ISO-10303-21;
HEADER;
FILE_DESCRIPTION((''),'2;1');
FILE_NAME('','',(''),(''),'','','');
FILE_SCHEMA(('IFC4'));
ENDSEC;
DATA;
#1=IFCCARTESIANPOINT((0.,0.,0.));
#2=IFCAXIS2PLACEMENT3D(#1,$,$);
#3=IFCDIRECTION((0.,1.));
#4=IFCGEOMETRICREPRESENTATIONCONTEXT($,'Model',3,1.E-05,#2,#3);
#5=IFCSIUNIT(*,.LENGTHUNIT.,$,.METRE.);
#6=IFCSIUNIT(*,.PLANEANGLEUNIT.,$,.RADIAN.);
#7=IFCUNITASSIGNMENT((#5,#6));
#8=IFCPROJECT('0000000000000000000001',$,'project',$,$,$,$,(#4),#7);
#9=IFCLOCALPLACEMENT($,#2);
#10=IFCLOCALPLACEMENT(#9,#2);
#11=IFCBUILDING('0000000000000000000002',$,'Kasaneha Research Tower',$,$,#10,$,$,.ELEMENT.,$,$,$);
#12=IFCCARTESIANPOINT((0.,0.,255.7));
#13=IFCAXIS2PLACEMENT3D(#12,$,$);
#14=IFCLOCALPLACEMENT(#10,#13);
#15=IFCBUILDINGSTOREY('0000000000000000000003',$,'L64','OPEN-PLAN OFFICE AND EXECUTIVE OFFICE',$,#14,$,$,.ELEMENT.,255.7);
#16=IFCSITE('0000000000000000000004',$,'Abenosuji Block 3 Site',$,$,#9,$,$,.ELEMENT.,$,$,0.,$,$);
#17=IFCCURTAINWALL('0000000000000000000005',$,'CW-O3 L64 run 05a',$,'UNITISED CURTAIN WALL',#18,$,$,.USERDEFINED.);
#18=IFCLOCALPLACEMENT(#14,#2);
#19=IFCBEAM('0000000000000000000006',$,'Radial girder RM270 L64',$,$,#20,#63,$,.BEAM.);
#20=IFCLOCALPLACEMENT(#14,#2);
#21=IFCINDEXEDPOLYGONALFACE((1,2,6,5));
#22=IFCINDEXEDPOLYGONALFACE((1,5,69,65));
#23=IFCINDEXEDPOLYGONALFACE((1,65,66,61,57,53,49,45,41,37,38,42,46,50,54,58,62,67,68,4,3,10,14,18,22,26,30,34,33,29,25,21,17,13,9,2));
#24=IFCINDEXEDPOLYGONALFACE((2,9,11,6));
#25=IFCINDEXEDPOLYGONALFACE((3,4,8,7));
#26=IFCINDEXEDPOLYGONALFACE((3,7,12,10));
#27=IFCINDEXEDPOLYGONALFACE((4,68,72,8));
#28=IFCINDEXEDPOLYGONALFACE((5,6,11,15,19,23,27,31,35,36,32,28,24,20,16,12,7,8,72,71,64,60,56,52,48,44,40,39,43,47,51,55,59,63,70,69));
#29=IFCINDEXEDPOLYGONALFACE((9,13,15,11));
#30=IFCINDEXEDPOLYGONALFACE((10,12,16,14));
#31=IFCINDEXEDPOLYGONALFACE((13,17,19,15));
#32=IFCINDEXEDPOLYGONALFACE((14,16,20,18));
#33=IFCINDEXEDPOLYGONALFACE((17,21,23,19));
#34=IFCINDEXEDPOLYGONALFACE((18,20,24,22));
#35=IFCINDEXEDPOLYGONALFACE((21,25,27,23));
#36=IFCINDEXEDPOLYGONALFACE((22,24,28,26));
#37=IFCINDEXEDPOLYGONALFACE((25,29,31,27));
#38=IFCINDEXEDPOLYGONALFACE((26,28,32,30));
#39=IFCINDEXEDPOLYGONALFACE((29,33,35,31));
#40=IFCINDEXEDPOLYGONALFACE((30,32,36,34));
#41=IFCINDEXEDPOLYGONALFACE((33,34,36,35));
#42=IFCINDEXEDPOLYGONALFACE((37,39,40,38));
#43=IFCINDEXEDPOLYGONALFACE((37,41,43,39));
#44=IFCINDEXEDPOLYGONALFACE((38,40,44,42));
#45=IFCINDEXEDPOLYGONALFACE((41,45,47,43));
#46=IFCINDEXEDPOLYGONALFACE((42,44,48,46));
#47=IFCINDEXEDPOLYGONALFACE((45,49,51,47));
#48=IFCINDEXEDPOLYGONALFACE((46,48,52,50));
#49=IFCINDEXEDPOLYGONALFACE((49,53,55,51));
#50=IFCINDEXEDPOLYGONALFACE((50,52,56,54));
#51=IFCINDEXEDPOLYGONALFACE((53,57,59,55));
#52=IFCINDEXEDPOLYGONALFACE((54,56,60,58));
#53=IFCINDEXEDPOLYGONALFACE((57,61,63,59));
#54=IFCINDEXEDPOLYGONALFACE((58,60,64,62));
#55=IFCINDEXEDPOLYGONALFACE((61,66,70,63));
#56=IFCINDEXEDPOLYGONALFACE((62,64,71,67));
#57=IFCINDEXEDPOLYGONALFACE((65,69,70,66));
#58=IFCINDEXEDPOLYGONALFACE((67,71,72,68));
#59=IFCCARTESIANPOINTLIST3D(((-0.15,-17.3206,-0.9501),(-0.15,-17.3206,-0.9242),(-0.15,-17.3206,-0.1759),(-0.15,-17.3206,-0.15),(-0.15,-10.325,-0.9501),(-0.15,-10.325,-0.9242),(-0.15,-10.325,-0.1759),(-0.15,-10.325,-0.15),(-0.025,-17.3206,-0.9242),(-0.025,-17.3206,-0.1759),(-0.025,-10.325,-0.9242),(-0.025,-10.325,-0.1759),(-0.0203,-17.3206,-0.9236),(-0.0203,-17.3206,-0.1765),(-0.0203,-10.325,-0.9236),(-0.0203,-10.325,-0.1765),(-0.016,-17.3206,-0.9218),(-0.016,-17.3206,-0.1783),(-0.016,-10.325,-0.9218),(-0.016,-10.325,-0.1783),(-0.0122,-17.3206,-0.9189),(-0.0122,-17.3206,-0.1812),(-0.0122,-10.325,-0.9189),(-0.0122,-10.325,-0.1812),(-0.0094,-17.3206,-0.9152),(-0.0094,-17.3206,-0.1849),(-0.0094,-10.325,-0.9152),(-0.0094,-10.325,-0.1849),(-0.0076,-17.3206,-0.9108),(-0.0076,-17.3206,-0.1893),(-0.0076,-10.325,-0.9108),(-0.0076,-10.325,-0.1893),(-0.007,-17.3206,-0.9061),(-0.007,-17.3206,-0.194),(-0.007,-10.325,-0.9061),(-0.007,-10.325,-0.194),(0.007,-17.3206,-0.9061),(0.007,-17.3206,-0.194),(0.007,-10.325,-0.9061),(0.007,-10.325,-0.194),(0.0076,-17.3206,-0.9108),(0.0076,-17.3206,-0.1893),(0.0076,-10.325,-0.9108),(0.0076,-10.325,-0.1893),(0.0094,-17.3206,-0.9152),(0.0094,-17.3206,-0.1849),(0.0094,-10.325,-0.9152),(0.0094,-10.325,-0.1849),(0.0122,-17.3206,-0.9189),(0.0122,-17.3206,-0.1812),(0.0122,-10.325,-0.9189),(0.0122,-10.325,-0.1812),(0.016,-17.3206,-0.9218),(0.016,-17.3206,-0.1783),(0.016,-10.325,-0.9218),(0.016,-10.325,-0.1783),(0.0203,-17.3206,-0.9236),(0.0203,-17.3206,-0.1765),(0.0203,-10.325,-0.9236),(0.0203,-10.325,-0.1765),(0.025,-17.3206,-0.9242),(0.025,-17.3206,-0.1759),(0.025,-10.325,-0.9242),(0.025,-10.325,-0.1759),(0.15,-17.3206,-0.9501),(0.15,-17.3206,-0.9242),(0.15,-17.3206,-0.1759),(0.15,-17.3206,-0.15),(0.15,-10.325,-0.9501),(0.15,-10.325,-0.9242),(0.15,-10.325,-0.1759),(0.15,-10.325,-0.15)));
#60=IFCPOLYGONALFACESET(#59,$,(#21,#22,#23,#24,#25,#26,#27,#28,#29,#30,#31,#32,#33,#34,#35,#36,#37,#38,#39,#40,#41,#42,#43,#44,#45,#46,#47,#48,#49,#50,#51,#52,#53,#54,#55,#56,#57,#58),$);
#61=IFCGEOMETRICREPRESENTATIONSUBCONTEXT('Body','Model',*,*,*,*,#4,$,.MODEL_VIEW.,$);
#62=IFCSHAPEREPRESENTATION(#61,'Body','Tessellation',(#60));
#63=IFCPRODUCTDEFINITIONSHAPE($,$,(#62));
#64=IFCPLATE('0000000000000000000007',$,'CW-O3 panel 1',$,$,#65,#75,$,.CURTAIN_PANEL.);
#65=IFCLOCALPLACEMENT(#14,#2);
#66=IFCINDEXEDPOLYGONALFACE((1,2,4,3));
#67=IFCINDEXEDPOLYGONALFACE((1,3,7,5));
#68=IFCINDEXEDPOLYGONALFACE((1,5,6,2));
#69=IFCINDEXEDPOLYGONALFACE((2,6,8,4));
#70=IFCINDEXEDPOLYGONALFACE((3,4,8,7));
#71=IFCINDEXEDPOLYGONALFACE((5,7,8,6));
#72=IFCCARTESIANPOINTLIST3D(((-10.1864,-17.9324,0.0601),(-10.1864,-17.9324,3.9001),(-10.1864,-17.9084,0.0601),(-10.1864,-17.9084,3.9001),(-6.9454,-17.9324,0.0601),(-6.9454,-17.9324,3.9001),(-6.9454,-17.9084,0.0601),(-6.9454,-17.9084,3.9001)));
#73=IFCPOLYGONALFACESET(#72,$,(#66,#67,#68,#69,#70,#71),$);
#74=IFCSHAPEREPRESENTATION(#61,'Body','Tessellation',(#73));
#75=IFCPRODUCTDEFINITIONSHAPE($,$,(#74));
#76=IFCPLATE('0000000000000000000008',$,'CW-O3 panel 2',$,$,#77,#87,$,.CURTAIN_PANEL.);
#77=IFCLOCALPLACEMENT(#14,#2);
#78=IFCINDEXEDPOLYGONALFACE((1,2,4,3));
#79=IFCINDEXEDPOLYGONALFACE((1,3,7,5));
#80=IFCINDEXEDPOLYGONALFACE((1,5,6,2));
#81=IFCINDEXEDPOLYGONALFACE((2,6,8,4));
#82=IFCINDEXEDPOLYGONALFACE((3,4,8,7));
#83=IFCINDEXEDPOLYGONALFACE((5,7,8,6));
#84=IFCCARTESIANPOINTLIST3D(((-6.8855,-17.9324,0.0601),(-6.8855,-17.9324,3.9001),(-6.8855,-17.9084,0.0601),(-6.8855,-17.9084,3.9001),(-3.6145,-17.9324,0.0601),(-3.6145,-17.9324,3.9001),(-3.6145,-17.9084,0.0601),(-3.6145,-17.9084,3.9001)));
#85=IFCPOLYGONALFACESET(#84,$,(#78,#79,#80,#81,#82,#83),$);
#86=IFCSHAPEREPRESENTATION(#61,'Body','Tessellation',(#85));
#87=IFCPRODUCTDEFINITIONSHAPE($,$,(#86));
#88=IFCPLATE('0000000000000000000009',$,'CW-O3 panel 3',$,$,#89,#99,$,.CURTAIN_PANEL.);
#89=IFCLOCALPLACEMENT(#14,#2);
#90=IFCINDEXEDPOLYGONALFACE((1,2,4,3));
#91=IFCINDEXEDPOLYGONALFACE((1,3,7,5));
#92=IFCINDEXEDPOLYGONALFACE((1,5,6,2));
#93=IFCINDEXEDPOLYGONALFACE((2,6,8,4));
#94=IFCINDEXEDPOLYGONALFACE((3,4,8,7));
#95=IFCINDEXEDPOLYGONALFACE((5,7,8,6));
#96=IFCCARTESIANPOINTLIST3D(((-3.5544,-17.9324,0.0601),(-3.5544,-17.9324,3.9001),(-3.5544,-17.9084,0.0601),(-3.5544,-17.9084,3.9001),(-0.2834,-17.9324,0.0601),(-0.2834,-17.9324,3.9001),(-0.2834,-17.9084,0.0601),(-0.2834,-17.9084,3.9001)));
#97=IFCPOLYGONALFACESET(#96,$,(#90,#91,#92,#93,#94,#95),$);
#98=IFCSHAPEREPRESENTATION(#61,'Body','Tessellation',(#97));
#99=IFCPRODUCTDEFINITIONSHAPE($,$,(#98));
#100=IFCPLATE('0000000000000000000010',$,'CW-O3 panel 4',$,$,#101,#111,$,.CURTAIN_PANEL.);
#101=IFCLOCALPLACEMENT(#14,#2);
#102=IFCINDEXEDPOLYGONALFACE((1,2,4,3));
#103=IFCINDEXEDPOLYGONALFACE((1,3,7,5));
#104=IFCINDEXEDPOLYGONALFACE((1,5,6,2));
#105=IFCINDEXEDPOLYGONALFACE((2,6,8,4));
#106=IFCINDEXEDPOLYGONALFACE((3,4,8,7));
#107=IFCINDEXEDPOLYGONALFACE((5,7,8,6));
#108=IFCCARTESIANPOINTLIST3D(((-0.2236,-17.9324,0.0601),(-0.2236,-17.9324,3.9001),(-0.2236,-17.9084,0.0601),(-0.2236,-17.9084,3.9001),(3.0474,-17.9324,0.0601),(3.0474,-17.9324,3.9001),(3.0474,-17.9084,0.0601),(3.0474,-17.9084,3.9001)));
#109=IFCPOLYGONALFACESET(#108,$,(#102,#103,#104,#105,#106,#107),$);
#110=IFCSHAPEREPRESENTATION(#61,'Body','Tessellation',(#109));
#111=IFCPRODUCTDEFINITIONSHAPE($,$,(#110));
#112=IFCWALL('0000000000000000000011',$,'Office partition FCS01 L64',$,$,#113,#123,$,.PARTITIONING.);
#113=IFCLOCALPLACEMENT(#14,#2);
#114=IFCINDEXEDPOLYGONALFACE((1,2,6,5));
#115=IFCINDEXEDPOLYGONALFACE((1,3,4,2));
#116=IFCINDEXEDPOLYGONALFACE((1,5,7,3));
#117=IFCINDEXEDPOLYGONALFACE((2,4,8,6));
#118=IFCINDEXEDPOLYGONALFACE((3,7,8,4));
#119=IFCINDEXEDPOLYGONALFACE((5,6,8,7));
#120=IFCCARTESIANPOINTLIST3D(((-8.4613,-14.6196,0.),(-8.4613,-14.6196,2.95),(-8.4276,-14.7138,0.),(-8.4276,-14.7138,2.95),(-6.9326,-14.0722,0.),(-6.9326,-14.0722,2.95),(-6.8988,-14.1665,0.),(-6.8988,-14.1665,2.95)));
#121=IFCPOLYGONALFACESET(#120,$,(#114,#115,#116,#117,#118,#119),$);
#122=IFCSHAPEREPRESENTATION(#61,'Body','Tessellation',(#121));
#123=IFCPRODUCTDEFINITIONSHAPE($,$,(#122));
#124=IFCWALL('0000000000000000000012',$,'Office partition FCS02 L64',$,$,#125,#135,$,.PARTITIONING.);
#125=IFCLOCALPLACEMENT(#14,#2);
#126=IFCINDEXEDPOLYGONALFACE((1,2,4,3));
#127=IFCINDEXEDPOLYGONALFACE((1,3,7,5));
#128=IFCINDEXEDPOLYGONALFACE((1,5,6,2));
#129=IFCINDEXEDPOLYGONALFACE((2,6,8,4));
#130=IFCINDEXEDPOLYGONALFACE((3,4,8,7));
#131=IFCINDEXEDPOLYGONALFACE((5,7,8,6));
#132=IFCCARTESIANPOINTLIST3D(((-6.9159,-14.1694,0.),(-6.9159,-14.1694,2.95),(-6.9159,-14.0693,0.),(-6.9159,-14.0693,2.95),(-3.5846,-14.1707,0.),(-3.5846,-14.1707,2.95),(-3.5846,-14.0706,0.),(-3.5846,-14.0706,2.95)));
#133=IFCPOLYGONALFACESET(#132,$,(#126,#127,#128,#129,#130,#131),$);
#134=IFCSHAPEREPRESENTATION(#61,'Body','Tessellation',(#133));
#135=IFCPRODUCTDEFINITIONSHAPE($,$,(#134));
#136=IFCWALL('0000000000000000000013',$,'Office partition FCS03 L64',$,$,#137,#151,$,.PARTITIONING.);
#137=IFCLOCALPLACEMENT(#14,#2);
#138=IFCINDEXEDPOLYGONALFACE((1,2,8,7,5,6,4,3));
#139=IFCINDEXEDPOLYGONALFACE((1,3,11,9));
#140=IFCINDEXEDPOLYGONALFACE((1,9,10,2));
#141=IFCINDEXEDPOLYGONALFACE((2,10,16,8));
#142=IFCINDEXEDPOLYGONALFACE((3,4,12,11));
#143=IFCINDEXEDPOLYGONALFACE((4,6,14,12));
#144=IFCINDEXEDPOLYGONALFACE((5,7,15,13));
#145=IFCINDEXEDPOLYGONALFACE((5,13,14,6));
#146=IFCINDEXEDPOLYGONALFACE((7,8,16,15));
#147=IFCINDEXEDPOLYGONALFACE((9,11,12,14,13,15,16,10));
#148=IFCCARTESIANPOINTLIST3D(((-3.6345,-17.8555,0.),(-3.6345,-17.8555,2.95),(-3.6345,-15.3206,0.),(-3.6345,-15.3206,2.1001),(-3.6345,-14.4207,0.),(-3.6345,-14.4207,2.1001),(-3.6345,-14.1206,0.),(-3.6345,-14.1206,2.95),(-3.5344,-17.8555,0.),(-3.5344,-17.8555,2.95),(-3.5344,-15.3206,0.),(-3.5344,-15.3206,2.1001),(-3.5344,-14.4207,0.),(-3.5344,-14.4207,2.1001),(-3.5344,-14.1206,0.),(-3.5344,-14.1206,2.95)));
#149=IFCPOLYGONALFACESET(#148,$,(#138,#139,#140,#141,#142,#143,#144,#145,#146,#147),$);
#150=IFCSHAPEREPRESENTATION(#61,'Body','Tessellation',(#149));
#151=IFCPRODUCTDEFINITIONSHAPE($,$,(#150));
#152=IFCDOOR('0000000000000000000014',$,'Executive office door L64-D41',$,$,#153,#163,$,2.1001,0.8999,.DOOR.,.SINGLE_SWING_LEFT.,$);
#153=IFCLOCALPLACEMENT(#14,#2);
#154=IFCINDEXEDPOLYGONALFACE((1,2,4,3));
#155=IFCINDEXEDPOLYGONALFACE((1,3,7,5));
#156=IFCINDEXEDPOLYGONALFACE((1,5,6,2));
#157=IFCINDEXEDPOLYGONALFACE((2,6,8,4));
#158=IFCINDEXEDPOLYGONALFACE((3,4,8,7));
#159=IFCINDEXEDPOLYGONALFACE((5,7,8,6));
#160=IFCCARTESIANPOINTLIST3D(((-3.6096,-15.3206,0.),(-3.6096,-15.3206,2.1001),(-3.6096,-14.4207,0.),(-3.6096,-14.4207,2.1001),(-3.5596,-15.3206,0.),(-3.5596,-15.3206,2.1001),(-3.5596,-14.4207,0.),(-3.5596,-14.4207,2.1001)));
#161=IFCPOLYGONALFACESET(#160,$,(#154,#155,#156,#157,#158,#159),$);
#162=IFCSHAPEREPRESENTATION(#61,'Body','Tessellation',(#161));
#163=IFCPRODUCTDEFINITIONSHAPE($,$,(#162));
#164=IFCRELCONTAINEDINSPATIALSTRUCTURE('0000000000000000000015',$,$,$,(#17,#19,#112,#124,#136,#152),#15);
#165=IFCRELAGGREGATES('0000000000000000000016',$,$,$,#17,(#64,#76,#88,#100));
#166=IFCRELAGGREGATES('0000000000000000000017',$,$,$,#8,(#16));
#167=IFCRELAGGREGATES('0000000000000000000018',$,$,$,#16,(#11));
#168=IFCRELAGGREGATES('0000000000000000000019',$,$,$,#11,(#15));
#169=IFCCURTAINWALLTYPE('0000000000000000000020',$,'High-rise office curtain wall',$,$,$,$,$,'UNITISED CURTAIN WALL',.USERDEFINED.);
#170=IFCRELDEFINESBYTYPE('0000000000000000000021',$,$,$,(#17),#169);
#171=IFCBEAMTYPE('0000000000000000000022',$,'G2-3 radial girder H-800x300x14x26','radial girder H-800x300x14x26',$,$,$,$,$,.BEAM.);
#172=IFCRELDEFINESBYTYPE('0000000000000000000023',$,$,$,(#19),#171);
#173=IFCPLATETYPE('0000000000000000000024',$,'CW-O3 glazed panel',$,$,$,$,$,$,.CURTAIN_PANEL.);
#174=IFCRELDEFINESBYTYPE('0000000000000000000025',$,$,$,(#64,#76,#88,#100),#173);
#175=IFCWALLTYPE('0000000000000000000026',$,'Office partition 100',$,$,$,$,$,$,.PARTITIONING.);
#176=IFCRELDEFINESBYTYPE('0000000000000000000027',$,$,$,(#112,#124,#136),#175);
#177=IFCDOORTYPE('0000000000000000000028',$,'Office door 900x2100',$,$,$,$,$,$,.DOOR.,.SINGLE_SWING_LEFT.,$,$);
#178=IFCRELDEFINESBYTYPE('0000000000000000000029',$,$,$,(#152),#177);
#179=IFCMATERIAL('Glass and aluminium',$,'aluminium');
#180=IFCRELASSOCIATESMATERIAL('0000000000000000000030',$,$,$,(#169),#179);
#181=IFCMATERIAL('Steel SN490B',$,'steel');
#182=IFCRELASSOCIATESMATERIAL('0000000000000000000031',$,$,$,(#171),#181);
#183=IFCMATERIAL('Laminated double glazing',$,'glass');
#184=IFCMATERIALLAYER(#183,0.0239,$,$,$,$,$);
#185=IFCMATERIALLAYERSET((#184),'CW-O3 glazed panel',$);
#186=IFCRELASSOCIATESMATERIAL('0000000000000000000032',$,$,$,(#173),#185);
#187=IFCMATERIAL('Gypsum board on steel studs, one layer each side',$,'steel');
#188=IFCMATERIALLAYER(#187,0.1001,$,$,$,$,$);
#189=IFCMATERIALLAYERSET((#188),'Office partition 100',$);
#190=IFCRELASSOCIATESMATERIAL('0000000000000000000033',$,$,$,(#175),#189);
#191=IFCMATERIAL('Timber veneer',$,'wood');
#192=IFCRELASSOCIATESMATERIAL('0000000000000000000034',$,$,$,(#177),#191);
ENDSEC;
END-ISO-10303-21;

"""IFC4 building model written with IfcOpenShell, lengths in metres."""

from ifc_helpers import new_model, si_unit, direction, frame, frame_2d, origin, origin_2d, place, context, subcontext, project, spatial, rectangle, i_section, extrude, material, layer, layer_set, material_profile, profile_set, type_object, element, fill, aggregate, save


model = new_model("IFC4")

# Units and contexts
model_context = context("Model", 3, precision=1e-05, world=origin(), true_north=direction((0.0, 1.0)))
body_context = subcontext(model_context, "Body", "Model", "MODEL_VIEW")
ifc_project = project(units=[si_unit("LENGTHUNIT", "METRE"), si_unit("PLANEANGLEUNIT", "RADIAN")], contexts=[model_context])

# Site, building, storey
site_placement = place(None, origin())
site = spatial("IfcSite", under=ifc_project, at=site_placement, Name="Abenosuji Block 3 Site", CompositionType="ELEMENT", RefElevation=0.0)
building_placement = place(site_placement, origin())
building = spatial("IfcBuilding", under=site, at=building_placement, Name="Kasaneha Research Tower", CompositionType="ELEMENT")
storey_placement = place(building_placement, frame((0.0, 0.0, 255.7)))
storey = spatial("IfcBuildingStorey", under=building, at=storey_placement, Name="L64", Description="OPEN-PLAN OFFICE AND EXECUTIVE OFFICE", CompositionType="ELEMENT", Elevation=255.7)

# Curtain wall
ifc_material_1 = material(Name="Glass and aluminium", Category="aluminium")
curtain_wall_type = type_object("IfcCurtainWallType", Name="High-rise office curtain wall", ElementType="UNITISED CURTAIN WALL", PredefinedType="USERDEFINED", material=ifc_material_1)
curtain_wall_placement = place(storey_placement, origin())
curtain_wall = element("IfcCurtainWall", 1, at=curtain_wall_placement, inside=storey, type_object=curtain_wall_type, Name="CW-O3 L64 run 05a", ObjectType="UNITISED CURTAIN WALL", PredefinedType="USERDEFINED")

# Beam
ifc_material_2 = material(Name="Steel SN490B", Category="steel")
ifc_material_profile_1 = material_profile(ifc_material_2, i_section(OverallWidth=0.3, OverallDepth=0.8, WebThickness=0.0139, FlangeThickness=0.0259, FilletRadius=0.0181, at=origin_2d()), Name="H-800x300x14x26")
ifc_profile_set_1 = profile_set([ifc_material_profile_1], Name="Steel SN490B")
beam_type_1 = type_object("IfcBeamType", Name="G2-3 radial girder H-800x300x14x26", Description="radial girder H-800x300x14x26", PredefinedType="BEAM", material=ifc_profile_set_1)
beam_1_placement = place(storey_placement, frame((0.0, -10.325, -0.55), z_axis=(0.0, -1.0, 0.0), x_axis=(1.0, 0.0, 0.0)))
element("IfcBeam", 2, at=beam_1_placement, inside=storey, type_object=beam_type_1, Name="Radial girder RM270 L64", PredefinedType="BEAM", context=body_context, shape_type="SweptSolid", body=[
    extrude(i_section(OverallWidth=0.3, OverallDepth=0.8, WebThickness=0.0139, FlangeThickness=0.0259, FilletRadius=0.0181, at=origin_2d()), origin(), (0.0, 0.0, 1.0), 6.9956),
])

# Plates
ifc_material_3 = material(Name="Laminated double glazing", Category="glass")
ifc_layer_1 = layer(ifc_material_3, 0.0239)
ifc_layer_set_1 = layer_set([ifc_layer_1], Name="CW-O3 glazed panel")
plate_type = type_object("IfcPlateType", Name="CW-O3 glazed panel", PredefinedType="CURTAIN_PANEL", material=ifc_layer_set_1)
plate_1_placement = place(storey_placement, frame((-8.5659, -17.9204, 0.0601), z_axis=(0.0, 0.0, 1.0), x_axis=(1.0, 0.0, 0.0)))
plate_1 = element("IfcPlate", 3, at=plate_1_placement, type_object=plate_type, Name="CW-O3 panel 1", PredefinedType="CURTAIN_PANEL", context=body_context, shape_type="SweptSolid", body=[
    extrude(rectangle(XDim=3.241, YDim=0.0239, at=origin_2d()), origin(), (0.0, 0.0, 1.0), 3.8401),
])
plate_2_placement = place(storey_placement, frame((-5.25, -17.9204, 0.0601), z_axis=(0.0, 0.0, 1.0), x_axis=(1.0, 0.0, 0.0)))
plate_2 = element("IfcPlate", 4, at=plate_2_placement, type_object=plate_type, Name="CW-O3 panel 2", PredefinedType="CURTAIN_PANEL", context=body_context, shape_type="SweptSolid", body=[
    extrude(rectangle(XDim=3.271, YDim=0.0239, at=origin_2d()), origin(), (0.0, 0.0, 1.0), 3.8401),
])
plate_3_placement = place(storey_placement, frame((-1.9189, -17.9204, 0.0601), z_axis=(0.0, 0.0, 1.0), x_axis=(1.0, 0.0, 0.0)))
plate_3 = element("IfcPlate", 5, at=plate_3_placement, type_object=plate_type, Name="CW-O3 panel 3", PredefinedType="CURTAIN_PANEL", context=body_context, shape_type="SweptSolid", body=[
    extrude(rectangle(XDim=3.271, YDim=0.0239, at=origin_2d()), origin(), (0.0, 0.0, 1.0), 3.8401),
])
plate_4_placement = place(storey_placement, frame((1.4119, -17.9204, 0.0601), z_axis=(0.0, 0.0, 1.0), x_axis=(1.0, 0.0, 0.0)))
plate_4 = element("IfcPlate", 6, at=plate_4_placement, type_object=plate_type, Name="CW-O3 panel 4", PredefinedType="CURTAIN_PANEL", context=body_context, shape_type="SweptSolid", body=[
    extrude(rectangle(XDim=3.271, YDim=0.0239, at=origin_2d()), origin(), (0.0, 0.0, 1.0), 3.8401),
])
aggregate(curtain_wall, [plate_1, plate_2, plate_3, plate_4])

# Walls
ifc_material_4 = material(Name="Gypsum board on steel studs, one layer each side", Category="steel")
ifc_layer_2 = layer(ifc_material_4, 0.1001)
ifc_layer_set_2 = layer_set([ifc_layer_2], Name="Office partition 100")
wall_type_1 = type_object("IfcWallType", Name="Office partition 100", PredefinedType="PARTITIONING", material=ifc_layer_set_2)
wall_1_placement = place(storey_placement, frame((-8.4446, -14.6667, 0.0), z_axis=(0.0, 0.0, 1.0), x_axis=(0.941476, 0.337079, 0.0)))
element("IfcWall", 7, at=wall_1_placement, inside=storey, type_object=wall_type_1, Name="Office partition FCS01 L64", PredefinedType="PARTITIONING", context=body_context, shape_type="SweptSolid", body=[
    extrude(rectangle(XDim=1.6238, YDim=0.1001, at=frame_2d((0.812, 0.0))), origin(), (0.0, 0.0, 1.0), 2.95),
])
wall_2_placement = place(storey_placement, frame((-6.9158, -14.1194, 0.0), z_axis=(0.0, 0.0, 1.0), x_axis=(1.0, -0.000366, 0.0)))
element("IfcWall", 8, at=wall_2_placement, inside=storey, type_object=wall_type_1, Name="Office partition FCS02 L64", PredefinedType="PARTITIONING", context=body_context, shape_type="SweptSolid", body=[
    extrude(rectangle(XDim=3.3313, YDim=0.1001, at=frame_2d((1.6655, 0.0))), origin(), (0.0, 0.0, 1.0), 2.95),
])

# Wall, opening, door
wall_3_placement = place(storey_placement, frame((-3.5845, -14.1206, 0.0), z_axis=(0.0, 0.0, 1.0), x_axis=(0.0, -1.0, 0.0)))
wall_3 = element("IfcWall", 9, at=wall_3_placement, inside=storey, type_object=wall_type_1, Name="Office partition FCS03 L64", PredefinedType="PARTITIONING", context=body_context, shape_type="SweptSolid", body=[
    extrude(rectangle(XDim=3.7349, YDim=0.1001, at=frame_2d((1.8674, 0.0))), origin(), (0.0, 0.0, 1.0), 2.95),
])
opening_1_placement = place(wall_3_placement, frame((0.3, 0.0, 0.0)))
opening_1 = element("IfcOpeningElement", 10, at=opening_1_placement, cuts=wall_3, PredefinedType="OPENING", context=body_context, shape_type="SweptSolid", body=[
    extrude(rectangle(XDim=0.8999, YDim=2.1001, at=frame_2d((0.45, 1.05))), frame((0.0, 0.0601, 0.0), z_axis=(0.0, -1.0, 0.0), x_axis=(1.0, 0.0, 0.0)), (0.0, 0.0, 1.0), 0.1201),
])
ifc_material_5 = material(Name="Timber veneer", Category="wood")
door_type_1 = type_object("IfcDoorType", Name="Office door 900x2100", OperationType="SINGLE_SWING_LEFT", PredefinedType="DOOR", material=ifc_material_5)
door_1_placement = place(opening_1_placement, origin())
door_1 = element("IfcDoor", 11, at=door_1_placement, inside=storey, type_object=door_type_1, Name="Executive office door L64-D41", OperationType="SINGLE_SWING_LEFT", OverallHeight=2.1001, OverallWidth=0.8999, PredefinedType="DOOR", context=body_context, shape_type="SweptSolid", body=[
    extrude(rectangle(XDim=0.8999, YDim=2.1001, at=frame_2d((0.45, 1.05))), frame((0.0, 0.0249, 0.0), z_axis=(0.0, -1.0, 0.0), x_axis=(1.0, 0.0, 0.0)), (0.0, 0.0, 1.0), 0.05),
])
fill(opening_1, door_1)

save(model, "model.ifc")
